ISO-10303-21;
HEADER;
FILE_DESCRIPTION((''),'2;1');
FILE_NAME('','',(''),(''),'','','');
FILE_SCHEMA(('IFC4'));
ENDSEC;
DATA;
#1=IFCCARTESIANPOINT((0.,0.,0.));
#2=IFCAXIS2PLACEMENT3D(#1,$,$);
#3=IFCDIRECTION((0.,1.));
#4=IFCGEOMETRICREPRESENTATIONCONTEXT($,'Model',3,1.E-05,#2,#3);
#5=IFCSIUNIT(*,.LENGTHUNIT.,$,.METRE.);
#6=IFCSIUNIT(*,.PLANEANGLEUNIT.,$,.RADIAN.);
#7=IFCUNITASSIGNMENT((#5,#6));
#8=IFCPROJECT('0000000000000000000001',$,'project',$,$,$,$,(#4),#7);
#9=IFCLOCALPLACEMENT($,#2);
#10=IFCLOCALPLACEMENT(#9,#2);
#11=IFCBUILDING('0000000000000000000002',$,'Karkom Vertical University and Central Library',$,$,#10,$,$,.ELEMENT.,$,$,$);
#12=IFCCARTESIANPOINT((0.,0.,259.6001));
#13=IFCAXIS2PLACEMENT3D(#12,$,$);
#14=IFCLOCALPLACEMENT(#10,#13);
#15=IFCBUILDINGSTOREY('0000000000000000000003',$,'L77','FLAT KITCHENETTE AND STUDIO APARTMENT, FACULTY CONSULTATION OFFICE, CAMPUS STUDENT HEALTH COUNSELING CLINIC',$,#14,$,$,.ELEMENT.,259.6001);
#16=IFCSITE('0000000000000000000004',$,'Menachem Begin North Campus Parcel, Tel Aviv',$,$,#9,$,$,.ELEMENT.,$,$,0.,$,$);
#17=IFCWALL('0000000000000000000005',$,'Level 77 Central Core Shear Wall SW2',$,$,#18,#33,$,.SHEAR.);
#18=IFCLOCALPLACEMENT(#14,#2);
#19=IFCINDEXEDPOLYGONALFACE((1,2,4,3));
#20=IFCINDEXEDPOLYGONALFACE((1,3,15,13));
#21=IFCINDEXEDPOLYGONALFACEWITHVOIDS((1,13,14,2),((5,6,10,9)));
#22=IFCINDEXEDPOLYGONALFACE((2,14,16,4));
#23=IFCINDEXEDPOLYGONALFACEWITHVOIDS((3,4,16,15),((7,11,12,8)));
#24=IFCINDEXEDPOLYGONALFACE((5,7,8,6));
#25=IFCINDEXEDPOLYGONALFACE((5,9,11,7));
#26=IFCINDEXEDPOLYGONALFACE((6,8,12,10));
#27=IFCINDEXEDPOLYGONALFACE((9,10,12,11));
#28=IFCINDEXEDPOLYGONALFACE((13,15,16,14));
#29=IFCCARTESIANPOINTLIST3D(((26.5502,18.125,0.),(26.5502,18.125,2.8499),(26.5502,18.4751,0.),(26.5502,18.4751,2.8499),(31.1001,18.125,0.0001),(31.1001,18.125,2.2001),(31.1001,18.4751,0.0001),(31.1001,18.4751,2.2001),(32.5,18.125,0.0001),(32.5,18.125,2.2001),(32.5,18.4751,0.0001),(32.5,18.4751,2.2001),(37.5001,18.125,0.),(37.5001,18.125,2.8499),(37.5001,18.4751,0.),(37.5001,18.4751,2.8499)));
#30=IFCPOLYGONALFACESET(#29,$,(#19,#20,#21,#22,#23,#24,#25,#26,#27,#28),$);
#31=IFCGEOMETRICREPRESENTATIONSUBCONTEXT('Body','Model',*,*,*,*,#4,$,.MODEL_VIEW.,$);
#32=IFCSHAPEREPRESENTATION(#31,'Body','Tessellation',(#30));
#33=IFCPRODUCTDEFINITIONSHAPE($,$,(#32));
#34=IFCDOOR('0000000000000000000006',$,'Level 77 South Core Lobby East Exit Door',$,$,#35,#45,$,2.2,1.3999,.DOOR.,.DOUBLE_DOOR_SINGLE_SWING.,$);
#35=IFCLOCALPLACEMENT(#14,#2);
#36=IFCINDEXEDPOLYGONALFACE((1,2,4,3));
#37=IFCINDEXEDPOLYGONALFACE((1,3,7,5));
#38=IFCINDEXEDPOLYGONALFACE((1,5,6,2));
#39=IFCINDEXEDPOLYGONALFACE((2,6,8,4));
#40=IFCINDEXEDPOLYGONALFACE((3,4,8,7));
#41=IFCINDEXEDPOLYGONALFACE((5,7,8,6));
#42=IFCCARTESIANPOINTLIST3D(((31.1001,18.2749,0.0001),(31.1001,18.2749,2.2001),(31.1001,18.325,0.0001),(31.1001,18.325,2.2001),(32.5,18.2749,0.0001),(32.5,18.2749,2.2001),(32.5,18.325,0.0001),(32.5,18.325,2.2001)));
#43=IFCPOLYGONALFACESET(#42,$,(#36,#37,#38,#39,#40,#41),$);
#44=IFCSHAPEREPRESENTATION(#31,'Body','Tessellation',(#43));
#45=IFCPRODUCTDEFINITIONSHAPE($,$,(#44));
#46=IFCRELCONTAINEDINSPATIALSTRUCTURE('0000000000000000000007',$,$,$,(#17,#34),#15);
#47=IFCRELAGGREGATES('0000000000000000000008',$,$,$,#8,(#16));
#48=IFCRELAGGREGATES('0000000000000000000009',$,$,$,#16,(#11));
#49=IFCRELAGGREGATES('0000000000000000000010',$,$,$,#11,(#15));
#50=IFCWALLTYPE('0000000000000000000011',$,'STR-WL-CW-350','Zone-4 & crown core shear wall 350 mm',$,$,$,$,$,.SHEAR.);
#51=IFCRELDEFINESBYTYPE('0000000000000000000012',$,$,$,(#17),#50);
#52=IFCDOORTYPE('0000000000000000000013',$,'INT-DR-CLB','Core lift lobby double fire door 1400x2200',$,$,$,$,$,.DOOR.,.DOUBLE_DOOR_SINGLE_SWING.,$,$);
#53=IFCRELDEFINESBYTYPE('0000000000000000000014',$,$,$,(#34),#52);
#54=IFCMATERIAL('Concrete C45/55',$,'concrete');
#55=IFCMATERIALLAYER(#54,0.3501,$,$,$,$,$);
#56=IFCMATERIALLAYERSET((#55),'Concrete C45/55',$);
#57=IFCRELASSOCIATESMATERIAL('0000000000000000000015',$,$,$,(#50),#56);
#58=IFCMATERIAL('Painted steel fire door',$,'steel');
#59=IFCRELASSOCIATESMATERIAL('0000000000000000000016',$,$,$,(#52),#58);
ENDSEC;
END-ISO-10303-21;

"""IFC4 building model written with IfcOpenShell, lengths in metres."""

from ifc_helpers import new_model, si_unit, direction, frame, frame_2d, origin, origin_with_axes, place, context, subcontext, project, spatial, rectangle, extrude, source, transform, mapped, material, layer, layer_set, type_object, element, fill, save


model = new_model("IFC4")

# Units and contexts
model_context = context("Model", 3, precision=1e-05, world=origin(), true_north=direction((0.0, 1.0)))
body_context = subcontext(model_context, "Body", "Model", "MODEL_VIEW")
ifc_project = project(units=[si_unit("LENGTHUNIT", "METRE"), si_unit("PLANEANGLEUNIT", "RADIAN")], contexts=[model_context])

# Site, building, storey
site_placement = place(None, origin())
site = spatial("IfcSite", under=ifc_project, at=site_placement, Name="Menachem Begin North Campus Parcel, Tel Aviv", CompositionType="ELEMENT", RefElevation=0.0)
building_placement = place(site_placement, origin())
building = spatial("IfcBuilding", under=site, at=building_placement, Name="Karkom Vertical University and Central Library", CompositionType="ELEMENT")
storey_placement = place(building_placement, frame((0.0, 0.0, 259.6001)))
storey = spatial("IfcBuildingStorey", under=building, at=storey_placement, Name="L77", Description="FLAT KITCHENETTE AND STUDIO APARTMENT, FACULTY CONSULTATION OFFICE, CAMPUS STUDENT HEALTH COUNSELING CLINIC", CompositionType="ELEMENT", Elevation=259.6001)

# Shared definitions
ifc_material_1 = material(Name="Concrete C45/55", Category="concrete")

# Wall, opening, door
ifc_layer_1 = layer(ifc_material_1, 0.3501)
ifc_layer_set_1 = layer_set([ifc_layer_1], Name="Concrete C45/55")
wall_type_1 = type_object("IfcWallType", Name="STR-WL-CW-350", Description="Zone-4 & crown core shear wall 350 mm", PredefinedType="SHEAR", material=ifc_layer_set_1)
ifc_material_2 = material(Name="Painted steel fire door", Category="steel")
door_type_1 = type_object("IfcDoorType", Name="INT-DR-CLB", Description="Core lift lobby double fire door 1400x2200", OperationType="DOUBLE_DOOR_SINGLE_SWING", PredefinedType="DOOR", material=ifc_material_2)
shared_shape_1 = source(origin_with_axes(), body_context, "Body", "SweptSolid", [
    extrude(rectangle(XDim=1.3999, YDim=2.2, at=frame_2d((0.7, 1.1001))), frame((0.0, 0.0249, 0.0), z_axis=(0.0, -1.0, 0.0), x_axis=(1.0, 0.0, 0.0)), (0.0, 0.0, 1.0), 0.05),
])
wall_1_placement = place(storey_placement, frame((26.55, 18.3, 0.0), z_axis=(0.0, 0.0, 1.0), x_axis=(1.0, 0.0, 0.0)))
wall_1 = element("IfcWall", 1, at=wall_1_placement, inside=storey, type_object=wall_type_1, Name="Level 77 Central Core Shear Wall SW2", PredefinedType="SHEAR", context=body_context, shape_type="SweptSolid", body=[
    extrude(rectangle(XDim=10.95, YDim=0.3501, at=frame_2d((5.4751, 0.0))), origin(), (0.0, 0.0, 1.0), 2.8499),
])
opening_1_placement = place(wall_1_placement, frame((4.55, 0.0, 0.0)))
opening_1 = element("IfcOpeningElement", 2, at=opening_1_placement, cuts=wall_1, PredefinedType="OPENING", context=body_context, shape_type="SweptSolid", body=[
    extrude(rectangle(XDim=1.3999, YDim=2.2, at=frame_2d((0.7, 1.1001))), frame((0.0, 0.1851, 0.0), z_axis=(0.0, -1.0, 0.0), x_axis=(1.0, 0.0, 0.0)), (0.0, 0.0, 1.0), 0.3701),
])
door_1_placement = place(opening_1_placement, origin())
door_1 = element("IfcDoor", 3, at=door_1_placement, inside=storey, type_object=door_type_1, Name="Level 77 South Core Lobby East Exit Door", OperationType="DOUBLE_DOOR_SINGLE_SWING", OverallHeight=2.2, OverallWidth=1.3999, PredefinedType="DOOR", context=body_context, shape_type="MappedRepresentation", body=[
    mapped(shared_shape_1, transform((0.0, 0.0, 0.0), scale=1.0)),
])
fill(opening_1, door_1)

save(model, "model.ifc")
